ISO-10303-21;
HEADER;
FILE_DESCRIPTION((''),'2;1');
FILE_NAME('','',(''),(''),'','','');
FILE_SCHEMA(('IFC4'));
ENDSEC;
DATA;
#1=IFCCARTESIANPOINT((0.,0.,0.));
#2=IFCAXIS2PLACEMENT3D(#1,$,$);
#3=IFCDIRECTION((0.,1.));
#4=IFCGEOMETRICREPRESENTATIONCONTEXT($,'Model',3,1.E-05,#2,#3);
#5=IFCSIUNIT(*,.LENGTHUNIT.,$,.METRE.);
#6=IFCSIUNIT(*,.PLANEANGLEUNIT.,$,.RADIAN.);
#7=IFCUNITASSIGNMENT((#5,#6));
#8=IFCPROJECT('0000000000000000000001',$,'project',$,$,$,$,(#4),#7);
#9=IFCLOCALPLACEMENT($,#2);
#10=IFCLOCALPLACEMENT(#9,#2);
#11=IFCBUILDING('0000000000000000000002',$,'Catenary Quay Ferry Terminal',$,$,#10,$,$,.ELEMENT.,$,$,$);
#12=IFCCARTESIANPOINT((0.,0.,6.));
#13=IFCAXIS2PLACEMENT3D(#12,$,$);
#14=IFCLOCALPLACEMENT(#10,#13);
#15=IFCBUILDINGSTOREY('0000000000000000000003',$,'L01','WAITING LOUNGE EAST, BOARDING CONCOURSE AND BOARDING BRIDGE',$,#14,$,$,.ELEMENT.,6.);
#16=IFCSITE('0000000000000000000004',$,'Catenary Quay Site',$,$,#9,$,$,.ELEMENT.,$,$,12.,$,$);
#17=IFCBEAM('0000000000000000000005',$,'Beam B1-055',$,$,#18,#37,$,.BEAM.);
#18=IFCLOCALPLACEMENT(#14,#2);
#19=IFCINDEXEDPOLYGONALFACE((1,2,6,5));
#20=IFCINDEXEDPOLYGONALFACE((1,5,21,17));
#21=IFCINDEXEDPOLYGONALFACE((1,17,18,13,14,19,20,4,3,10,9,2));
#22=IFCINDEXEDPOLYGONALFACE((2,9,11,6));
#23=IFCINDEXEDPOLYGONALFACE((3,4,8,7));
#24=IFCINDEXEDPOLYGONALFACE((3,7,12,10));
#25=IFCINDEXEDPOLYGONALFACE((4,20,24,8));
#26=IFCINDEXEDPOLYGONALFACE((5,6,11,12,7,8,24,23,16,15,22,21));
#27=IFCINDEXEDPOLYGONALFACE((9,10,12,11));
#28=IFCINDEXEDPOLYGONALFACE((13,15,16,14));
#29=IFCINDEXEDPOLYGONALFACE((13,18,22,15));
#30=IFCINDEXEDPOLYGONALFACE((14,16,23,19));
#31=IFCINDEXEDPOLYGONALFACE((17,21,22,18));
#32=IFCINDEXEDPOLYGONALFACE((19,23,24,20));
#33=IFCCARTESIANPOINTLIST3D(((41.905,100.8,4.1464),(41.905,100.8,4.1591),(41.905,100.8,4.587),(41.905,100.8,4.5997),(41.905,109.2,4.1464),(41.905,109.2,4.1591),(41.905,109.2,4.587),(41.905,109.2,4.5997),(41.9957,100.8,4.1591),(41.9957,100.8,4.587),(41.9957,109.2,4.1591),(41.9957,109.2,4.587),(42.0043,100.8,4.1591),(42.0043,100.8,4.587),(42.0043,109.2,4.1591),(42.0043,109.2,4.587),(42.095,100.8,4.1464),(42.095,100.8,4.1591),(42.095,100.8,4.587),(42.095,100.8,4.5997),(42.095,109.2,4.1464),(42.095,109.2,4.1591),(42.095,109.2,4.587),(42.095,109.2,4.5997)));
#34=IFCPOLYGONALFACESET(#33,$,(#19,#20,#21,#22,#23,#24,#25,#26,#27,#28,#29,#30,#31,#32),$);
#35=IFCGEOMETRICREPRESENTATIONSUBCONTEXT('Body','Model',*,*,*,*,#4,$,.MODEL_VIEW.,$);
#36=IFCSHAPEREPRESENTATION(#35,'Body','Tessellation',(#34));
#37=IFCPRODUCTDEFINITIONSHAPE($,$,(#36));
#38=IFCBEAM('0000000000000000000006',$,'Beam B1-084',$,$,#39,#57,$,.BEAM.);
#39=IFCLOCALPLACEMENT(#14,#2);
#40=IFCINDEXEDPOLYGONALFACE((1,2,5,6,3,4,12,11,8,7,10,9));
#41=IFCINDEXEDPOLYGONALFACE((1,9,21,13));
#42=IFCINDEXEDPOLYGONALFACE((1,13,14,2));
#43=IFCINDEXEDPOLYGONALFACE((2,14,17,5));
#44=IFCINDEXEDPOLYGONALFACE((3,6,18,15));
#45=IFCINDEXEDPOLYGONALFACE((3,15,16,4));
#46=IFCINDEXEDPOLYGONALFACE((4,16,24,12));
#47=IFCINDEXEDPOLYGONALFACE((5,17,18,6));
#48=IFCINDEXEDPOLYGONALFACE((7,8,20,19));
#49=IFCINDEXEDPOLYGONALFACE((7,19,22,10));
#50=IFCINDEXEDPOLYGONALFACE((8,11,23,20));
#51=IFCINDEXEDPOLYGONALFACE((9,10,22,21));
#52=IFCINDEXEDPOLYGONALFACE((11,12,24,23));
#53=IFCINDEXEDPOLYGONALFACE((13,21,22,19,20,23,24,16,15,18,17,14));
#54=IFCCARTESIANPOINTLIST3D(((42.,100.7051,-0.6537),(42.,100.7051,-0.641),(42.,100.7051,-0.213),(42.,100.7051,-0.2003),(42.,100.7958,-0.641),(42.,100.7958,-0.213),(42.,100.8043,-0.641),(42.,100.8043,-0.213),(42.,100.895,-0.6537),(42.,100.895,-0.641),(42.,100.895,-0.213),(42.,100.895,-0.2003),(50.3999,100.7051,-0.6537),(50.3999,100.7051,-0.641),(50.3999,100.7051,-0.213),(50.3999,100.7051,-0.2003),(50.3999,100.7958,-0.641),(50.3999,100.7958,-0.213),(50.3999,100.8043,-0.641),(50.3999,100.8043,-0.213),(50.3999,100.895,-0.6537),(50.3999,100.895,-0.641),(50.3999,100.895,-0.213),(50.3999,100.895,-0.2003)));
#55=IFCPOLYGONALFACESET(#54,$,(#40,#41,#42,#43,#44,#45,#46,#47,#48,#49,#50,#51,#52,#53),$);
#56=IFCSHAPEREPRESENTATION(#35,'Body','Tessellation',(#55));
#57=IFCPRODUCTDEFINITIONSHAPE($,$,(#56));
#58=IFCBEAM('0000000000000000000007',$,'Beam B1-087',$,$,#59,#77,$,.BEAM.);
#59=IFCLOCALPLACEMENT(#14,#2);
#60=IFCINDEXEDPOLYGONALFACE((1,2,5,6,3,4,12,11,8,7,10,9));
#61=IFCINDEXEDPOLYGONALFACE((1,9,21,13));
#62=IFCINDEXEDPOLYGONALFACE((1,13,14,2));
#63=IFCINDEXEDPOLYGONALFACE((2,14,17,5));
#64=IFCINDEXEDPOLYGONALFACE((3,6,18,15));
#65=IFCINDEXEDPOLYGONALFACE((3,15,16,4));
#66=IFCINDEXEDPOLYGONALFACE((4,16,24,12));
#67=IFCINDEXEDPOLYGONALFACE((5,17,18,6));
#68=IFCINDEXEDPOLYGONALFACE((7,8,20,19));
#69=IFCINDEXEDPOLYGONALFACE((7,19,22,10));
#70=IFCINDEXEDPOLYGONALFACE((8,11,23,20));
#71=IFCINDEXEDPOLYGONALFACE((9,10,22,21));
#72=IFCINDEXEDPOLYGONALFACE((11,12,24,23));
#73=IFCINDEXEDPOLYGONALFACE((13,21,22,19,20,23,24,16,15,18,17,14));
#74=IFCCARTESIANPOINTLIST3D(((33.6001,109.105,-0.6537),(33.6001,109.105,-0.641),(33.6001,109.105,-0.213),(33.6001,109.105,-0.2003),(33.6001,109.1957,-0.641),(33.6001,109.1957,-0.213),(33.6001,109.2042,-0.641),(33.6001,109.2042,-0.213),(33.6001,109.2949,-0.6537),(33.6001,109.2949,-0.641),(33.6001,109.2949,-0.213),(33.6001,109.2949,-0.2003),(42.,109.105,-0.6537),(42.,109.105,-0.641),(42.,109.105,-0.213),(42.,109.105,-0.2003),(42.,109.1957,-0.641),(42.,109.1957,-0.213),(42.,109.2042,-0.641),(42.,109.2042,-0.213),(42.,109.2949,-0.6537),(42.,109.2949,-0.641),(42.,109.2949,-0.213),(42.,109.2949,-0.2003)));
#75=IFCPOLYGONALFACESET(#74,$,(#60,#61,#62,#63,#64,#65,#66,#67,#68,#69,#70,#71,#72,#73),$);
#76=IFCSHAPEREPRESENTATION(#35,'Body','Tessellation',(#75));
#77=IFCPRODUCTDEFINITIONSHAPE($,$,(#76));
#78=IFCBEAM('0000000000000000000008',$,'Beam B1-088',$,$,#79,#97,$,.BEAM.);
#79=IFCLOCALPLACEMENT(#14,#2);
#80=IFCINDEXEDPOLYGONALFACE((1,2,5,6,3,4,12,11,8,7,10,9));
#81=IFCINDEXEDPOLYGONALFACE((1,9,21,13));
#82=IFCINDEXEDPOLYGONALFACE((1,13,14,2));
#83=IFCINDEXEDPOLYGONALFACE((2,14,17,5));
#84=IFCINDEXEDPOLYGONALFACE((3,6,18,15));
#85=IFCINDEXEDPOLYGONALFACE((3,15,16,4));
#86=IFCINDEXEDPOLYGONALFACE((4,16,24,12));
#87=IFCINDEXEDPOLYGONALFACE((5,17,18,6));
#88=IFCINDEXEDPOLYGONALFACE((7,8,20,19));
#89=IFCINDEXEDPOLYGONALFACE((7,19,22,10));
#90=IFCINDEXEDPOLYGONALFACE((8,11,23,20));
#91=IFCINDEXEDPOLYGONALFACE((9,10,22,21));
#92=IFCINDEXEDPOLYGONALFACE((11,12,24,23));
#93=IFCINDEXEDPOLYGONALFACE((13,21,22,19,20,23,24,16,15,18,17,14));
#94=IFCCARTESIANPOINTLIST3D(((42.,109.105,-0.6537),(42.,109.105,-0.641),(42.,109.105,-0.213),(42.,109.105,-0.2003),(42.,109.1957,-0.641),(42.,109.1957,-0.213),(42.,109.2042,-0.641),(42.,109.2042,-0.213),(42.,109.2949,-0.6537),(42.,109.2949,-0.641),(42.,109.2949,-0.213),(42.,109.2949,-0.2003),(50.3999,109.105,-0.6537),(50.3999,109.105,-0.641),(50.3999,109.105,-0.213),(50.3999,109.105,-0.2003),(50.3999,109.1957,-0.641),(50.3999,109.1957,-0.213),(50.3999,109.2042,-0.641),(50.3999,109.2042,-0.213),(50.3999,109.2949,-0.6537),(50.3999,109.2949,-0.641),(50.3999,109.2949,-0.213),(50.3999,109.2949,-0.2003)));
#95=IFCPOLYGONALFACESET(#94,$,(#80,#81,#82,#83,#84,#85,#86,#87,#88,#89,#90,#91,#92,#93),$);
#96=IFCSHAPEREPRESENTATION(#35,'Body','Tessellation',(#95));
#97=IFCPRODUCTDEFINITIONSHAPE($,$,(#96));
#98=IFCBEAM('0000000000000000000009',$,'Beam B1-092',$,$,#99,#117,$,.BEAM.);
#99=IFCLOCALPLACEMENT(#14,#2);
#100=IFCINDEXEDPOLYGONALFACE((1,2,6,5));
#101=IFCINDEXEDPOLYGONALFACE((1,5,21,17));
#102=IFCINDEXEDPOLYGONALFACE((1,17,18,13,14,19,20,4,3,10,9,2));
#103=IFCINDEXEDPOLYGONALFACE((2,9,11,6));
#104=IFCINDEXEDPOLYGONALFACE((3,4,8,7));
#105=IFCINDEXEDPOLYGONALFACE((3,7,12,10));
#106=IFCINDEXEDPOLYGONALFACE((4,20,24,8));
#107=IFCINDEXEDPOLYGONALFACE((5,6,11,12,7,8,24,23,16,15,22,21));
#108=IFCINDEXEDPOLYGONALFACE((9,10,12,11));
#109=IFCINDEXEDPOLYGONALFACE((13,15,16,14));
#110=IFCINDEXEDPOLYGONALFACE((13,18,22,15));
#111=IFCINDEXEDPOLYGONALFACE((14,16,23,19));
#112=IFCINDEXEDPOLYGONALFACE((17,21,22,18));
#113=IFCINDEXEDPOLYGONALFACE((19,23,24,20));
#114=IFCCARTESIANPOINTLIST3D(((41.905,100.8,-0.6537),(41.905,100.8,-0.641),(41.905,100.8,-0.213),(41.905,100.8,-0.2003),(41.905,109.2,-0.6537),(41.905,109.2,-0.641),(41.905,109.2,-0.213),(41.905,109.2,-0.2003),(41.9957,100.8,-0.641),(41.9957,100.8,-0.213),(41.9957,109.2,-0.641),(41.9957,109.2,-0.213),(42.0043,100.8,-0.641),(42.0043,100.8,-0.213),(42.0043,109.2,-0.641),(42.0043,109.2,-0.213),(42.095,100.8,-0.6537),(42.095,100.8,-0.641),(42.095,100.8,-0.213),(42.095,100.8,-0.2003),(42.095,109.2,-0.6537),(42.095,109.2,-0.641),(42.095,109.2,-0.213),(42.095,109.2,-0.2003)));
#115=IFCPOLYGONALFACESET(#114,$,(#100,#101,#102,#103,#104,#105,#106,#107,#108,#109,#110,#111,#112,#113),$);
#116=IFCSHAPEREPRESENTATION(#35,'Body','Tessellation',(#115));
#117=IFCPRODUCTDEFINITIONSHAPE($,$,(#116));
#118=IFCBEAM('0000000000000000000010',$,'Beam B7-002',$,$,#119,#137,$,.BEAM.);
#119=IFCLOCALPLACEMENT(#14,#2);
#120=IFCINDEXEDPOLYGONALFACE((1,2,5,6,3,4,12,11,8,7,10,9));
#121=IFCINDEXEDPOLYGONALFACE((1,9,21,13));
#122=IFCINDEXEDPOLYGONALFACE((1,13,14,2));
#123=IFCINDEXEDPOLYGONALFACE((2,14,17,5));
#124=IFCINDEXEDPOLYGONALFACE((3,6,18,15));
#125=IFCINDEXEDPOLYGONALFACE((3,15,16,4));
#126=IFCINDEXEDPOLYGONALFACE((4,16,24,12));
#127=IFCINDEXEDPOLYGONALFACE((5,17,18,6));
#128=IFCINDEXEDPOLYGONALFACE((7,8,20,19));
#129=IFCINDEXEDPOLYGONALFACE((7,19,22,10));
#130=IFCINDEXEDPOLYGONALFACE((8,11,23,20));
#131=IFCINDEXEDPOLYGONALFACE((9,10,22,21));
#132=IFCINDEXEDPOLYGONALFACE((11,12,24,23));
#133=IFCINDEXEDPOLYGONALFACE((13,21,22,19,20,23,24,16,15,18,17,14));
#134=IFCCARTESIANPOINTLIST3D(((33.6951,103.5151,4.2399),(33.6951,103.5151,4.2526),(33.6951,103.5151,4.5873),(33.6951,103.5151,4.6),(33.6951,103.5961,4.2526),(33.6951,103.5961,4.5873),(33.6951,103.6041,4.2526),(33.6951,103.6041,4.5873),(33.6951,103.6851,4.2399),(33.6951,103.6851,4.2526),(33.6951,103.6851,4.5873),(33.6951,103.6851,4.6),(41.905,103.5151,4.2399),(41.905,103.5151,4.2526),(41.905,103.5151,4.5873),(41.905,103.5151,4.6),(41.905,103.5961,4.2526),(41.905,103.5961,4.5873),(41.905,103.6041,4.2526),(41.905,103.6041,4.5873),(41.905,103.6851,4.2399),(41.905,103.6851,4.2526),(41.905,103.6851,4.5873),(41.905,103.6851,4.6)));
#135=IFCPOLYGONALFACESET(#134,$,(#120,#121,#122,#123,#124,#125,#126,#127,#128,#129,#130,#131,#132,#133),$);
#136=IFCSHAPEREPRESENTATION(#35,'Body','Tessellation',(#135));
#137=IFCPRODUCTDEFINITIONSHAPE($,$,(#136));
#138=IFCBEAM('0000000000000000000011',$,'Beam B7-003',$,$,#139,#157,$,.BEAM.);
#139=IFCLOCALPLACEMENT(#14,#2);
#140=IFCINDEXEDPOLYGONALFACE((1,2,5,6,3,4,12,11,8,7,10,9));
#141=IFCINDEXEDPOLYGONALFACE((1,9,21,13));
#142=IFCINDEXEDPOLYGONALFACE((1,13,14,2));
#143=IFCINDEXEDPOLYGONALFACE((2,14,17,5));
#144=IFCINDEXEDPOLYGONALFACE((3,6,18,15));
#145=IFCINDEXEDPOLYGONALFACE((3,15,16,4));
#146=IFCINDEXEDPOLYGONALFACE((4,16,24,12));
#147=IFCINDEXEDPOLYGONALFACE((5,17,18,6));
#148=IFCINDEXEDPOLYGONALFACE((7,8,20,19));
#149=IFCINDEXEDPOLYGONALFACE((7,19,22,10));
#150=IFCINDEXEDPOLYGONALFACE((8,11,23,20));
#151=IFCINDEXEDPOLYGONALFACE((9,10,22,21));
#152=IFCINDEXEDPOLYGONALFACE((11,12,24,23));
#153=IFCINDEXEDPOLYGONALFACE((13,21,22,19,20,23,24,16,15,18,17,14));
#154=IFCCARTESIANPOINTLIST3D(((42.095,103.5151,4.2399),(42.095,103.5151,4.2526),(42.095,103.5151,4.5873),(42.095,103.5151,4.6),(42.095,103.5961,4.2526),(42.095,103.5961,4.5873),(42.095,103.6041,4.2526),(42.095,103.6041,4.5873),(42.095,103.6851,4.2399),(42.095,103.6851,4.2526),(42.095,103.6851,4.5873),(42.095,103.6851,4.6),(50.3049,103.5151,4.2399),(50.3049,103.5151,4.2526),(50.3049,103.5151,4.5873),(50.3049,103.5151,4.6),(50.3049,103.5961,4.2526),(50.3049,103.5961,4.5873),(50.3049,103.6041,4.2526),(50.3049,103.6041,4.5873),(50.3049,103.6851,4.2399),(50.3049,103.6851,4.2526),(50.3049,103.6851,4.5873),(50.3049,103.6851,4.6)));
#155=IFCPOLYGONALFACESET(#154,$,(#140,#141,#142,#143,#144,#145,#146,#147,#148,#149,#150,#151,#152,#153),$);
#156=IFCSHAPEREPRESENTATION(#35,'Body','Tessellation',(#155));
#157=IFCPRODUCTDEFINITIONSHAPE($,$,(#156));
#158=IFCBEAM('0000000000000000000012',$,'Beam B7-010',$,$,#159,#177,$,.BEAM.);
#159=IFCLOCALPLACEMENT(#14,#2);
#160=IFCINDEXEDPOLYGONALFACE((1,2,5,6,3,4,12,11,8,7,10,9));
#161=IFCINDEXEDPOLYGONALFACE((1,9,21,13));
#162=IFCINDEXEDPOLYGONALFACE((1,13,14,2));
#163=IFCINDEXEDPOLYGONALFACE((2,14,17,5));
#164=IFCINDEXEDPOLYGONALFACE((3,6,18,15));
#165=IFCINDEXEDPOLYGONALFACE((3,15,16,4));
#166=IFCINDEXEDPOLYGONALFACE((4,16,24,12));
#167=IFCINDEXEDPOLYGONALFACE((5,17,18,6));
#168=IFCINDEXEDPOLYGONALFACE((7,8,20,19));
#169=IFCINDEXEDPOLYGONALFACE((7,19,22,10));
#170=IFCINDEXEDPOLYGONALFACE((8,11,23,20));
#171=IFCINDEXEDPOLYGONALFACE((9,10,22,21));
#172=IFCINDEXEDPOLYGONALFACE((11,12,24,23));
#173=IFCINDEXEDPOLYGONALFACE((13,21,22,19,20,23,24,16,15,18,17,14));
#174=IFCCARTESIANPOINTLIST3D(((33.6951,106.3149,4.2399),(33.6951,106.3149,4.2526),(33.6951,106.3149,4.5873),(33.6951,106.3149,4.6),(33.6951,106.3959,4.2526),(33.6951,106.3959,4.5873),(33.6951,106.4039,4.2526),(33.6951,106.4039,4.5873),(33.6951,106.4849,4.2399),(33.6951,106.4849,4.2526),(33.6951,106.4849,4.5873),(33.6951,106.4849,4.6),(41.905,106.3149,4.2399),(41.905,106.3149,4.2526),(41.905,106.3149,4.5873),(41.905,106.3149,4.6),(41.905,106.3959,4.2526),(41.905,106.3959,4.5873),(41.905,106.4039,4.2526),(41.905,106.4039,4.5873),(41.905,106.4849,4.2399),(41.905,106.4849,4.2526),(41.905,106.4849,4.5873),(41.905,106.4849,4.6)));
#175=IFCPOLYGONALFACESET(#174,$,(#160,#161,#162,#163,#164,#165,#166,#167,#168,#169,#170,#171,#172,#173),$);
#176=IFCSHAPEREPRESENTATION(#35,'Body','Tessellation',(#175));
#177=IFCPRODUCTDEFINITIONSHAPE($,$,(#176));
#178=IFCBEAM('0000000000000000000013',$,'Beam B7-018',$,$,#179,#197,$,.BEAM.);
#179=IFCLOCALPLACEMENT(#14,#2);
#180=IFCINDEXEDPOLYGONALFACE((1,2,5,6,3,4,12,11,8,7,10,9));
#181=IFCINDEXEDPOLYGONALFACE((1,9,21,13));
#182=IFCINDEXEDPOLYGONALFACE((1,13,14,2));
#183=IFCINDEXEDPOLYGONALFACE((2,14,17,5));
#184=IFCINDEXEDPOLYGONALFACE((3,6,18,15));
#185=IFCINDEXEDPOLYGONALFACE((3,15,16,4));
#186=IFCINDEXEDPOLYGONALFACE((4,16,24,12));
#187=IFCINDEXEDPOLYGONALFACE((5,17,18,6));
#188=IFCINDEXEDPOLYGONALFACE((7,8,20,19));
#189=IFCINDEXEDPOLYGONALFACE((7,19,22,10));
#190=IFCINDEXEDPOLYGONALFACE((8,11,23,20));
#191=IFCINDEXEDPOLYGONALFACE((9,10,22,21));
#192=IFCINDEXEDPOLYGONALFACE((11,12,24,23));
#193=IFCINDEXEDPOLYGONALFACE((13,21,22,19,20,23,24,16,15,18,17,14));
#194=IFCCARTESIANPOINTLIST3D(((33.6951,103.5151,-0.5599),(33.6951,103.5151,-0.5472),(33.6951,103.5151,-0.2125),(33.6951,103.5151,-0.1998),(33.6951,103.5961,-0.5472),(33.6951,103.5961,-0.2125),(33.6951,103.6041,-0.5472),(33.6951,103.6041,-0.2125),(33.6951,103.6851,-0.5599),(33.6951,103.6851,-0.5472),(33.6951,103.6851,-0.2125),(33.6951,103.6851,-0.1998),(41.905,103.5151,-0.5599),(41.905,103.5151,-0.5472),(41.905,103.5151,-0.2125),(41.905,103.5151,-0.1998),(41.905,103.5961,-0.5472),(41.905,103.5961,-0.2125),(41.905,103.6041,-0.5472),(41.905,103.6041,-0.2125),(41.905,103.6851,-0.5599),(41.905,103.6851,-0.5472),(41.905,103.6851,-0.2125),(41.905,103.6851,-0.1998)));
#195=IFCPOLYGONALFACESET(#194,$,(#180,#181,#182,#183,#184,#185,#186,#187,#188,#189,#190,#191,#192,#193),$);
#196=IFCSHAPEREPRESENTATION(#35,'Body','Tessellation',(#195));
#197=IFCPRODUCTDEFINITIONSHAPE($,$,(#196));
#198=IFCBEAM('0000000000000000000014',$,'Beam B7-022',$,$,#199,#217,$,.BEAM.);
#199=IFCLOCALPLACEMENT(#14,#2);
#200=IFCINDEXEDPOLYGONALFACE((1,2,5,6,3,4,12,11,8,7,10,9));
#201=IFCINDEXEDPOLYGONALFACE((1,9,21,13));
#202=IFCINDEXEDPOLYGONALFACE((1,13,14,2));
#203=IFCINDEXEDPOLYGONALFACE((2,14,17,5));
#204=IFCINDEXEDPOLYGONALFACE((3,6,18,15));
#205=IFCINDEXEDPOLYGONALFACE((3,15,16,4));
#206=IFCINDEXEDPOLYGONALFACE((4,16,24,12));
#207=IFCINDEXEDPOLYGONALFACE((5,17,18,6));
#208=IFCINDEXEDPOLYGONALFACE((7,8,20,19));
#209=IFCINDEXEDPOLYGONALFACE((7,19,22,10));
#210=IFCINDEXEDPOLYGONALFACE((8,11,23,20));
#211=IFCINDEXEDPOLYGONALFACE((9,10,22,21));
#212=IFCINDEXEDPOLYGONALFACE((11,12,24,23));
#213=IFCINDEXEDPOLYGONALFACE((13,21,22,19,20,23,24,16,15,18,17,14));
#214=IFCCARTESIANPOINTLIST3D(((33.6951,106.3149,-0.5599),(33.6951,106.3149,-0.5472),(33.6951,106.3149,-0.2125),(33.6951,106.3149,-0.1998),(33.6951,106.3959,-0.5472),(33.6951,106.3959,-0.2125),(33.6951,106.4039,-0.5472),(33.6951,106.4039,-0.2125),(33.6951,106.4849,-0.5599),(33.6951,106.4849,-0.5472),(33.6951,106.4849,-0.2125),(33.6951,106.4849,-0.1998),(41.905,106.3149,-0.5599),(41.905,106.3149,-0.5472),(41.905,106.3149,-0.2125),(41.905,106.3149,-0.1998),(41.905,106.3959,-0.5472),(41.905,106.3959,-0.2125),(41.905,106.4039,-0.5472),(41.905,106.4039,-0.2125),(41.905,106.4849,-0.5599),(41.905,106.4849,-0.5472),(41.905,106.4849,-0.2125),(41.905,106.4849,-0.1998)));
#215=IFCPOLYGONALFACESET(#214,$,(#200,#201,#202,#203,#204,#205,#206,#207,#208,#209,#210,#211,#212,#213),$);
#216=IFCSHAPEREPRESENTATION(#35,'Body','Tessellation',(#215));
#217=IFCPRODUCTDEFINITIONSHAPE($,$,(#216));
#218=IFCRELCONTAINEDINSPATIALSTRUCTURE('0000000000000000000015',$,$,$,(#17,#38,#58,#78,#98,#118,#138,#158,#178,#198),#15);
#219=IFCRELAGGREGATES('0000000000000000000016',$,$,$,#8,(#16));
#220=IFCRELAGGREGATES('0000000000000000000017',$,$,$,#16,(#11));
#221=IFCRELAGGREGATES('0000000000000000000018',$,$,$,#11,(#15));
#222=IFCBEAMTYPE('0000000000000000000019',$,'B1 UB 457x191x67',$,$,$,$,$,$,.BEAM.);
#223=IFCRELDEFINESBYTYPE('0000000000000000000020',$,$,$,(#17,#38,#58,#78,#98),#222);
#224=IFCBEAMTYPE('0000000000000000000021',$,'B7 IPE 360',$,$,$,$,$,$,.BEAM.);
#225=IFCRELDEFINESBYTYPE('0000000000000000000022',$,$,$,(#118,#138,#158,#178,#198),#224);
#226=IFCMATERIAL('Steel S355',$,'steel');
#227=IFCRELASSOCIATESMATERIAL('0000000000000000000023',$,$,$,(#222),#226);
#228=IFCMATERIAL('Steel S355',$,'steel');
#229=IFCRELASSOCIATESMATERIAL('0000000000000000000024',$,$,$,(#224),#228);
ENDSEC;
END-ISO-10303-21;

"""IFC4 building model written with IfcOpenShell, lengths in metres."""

from ifc_helpers import new_model, si_unit, direction, frame, origin, origin_2d, place, context, subcontext, project, spatial, i_section, extrude, material, material_profile, profile_set, type_object, element, save


model = new_model("IFC4")

# Units and contexts
model_context = context("Model", 3, precision=1e-05, world=origin(), true_north=direction((0.0, 1.0)))
body_context = subcontext(model_context, "Body", "Model", "MODEL_VIEW")
ifc_project = project(units=[si_unit("LENGTHUNIT", "METRE"), si_unit("PLANEANGLEUNIT", "RADIAN")], contexts=[model_context])

# Site, building, storey
site_placement = place(None, origin())
site = spatial("IfcSite", under=ifc_project, at=site_placement, Name="Catenary Quay Site", CompositionType="ELEMENT", RefElevation=12.0)
building_placement = place(site_placement, origin())
building = spatial("IfcBuilding", under=site, at=building_placement, Name="Catenary Quay Ferry Terminal", CompositionType="ELEMENT")
storey_placement = place(building_placement, frame((0.0, 0.0, 6.0)))
storey = spatial("IfcBuildingStorey", under=building, at=storey_placement, Name="L01", Description="WAITING LOUNGE EAST, BOARDING CONCOURSE AND BOARDING BRIDGE", CompositionType="ELEMENT", Elevation=6.0)

# Beams
ifc_material_1 = material(Name="Steel S355", Category="steel")
ifc_material_profile_1 = material_profile(ifc_material_1, i_section(OverallWidth=0.1899, OverallDepth=0.4534, WebThickness=0.0085, FlangeThickness=0.0127, at=origin_2d()), Name="UB 457x191x67")
ifc_profile_set_1 = profile_set([ifc_material_profile_1], Name="Steel S355")
beam_type_1 = type_object("IfcBeamType", Name="B1 UB 457x191x67", PredefinedType="BEAM", material=ifc_profile_set_1)
for number, where, z_axis, x_axis, name in (
    (1, (42.0, 100.8, 4.373), (0.0, 1.0, 0.0), (-1.0, 0.0, 0.0), "Beam B1-055"),
    (2, (42.0, 100.8, -0.427), (1.0, 0.0, 0.0), (0.0, 1.0, 0.0), "Beam B1-084"),
    (3, (33.6001, 109.2, -0.427), (1.0, 0.0, 0.0), (0.0, 1.0, 0.0), "Beam B1-087"),
    (4, (42.0, 109.2, -0.427), (1.0, 0.0, 0.0), (0.0, 1.0, 0.0), "Beam B1-088"),
    (5, (42.0, 100.8, -0.427), (0.0, 1.0, 0.0), (-1.0, 0.0, 0.0), "Beam B1-092"),
):
    element("IfcBeam", number, at=place(storey_placement, frame(where, z_axis=z_axis, x_axis=x_axis)), inside=storey, type_object=beam_type_1, Name=name, PredefinedType="BEAM", context=body_context, shape_type="SweptSolid", body=[
        extrude(i_section(OverallWidth=0.1899, OverallDepth=0.4534, WebThickness=0.0085, FlangeThickness=0.0127, at=origin_2d()), origin(), (0.0, 0.0, 1.0), 8.3999),
    ])
ifc_material_2 = material(Name="Steel S355", Category="steel")
ifc_material_profile_2 = material_profile(ifc_material_2, i_section(OverallWidth=0.1699, OverallDepth=0.3601, WebThickness=0.0081, FlangeThickness=0.0127, at=origin_2d()), Name="IPE 360")
ifc_profile_set_2 = profile_set([ifc_material_profile_2], Name="Steel S355")
beam_type_2 = type_object("IfcBeamType", Name="B7 IPE 360", PredefinedType="BEAM", material=ifc_profile_set_2)
for number, where, z_axis, x_axis, name in (
    (6, (33.6951, 103.6001, 4.4199), (1.0, 0.0, 0.0), (0.0, 1.0, 0.0), "Beam B7-002"),
    (7, (42.095, 103.6001, 4.4199), (1.0, 0.0, 0.0), (0.0, 1.0, 0.0), "Beam B7-003"),
    (8, (33.6951, 106.3999, 4.4199), (1.0, 0.0, 0.0), (0.0, 1.0, 0.0), "Beam B7-010"),
    (9, (33.6951, 103.6001, -0.3799), (1.0, 0.0, 0.0), (0.0, 1.0, 0.0), "Beam B7-018"),
    (10, (33.6951, 106.3999, -0.3799), (1.0, 0.0, 0.0), (0.0, 1.0, 0.0), "Beam B7-022"),
):
    element("IfcBeam", number, at=place(storey_placement, frame(where, z_axis=z_axis, x_axis=x_axis)), inside=storey, type_object=beam_type_2, Name=name, PredefinedType="BEAM", context=body_context, shape_type="SweptSolid", body=[
        extrude(i_section(OverallWidth=0.1699, OverallDepth=0.3601, WebThickness=0.0081, FlangeThickness=0.0127, at=origin_2d()), origin(), (0.0, 0.0, 1.0), 8.21),
    ])

save(model, "model.ifc")
